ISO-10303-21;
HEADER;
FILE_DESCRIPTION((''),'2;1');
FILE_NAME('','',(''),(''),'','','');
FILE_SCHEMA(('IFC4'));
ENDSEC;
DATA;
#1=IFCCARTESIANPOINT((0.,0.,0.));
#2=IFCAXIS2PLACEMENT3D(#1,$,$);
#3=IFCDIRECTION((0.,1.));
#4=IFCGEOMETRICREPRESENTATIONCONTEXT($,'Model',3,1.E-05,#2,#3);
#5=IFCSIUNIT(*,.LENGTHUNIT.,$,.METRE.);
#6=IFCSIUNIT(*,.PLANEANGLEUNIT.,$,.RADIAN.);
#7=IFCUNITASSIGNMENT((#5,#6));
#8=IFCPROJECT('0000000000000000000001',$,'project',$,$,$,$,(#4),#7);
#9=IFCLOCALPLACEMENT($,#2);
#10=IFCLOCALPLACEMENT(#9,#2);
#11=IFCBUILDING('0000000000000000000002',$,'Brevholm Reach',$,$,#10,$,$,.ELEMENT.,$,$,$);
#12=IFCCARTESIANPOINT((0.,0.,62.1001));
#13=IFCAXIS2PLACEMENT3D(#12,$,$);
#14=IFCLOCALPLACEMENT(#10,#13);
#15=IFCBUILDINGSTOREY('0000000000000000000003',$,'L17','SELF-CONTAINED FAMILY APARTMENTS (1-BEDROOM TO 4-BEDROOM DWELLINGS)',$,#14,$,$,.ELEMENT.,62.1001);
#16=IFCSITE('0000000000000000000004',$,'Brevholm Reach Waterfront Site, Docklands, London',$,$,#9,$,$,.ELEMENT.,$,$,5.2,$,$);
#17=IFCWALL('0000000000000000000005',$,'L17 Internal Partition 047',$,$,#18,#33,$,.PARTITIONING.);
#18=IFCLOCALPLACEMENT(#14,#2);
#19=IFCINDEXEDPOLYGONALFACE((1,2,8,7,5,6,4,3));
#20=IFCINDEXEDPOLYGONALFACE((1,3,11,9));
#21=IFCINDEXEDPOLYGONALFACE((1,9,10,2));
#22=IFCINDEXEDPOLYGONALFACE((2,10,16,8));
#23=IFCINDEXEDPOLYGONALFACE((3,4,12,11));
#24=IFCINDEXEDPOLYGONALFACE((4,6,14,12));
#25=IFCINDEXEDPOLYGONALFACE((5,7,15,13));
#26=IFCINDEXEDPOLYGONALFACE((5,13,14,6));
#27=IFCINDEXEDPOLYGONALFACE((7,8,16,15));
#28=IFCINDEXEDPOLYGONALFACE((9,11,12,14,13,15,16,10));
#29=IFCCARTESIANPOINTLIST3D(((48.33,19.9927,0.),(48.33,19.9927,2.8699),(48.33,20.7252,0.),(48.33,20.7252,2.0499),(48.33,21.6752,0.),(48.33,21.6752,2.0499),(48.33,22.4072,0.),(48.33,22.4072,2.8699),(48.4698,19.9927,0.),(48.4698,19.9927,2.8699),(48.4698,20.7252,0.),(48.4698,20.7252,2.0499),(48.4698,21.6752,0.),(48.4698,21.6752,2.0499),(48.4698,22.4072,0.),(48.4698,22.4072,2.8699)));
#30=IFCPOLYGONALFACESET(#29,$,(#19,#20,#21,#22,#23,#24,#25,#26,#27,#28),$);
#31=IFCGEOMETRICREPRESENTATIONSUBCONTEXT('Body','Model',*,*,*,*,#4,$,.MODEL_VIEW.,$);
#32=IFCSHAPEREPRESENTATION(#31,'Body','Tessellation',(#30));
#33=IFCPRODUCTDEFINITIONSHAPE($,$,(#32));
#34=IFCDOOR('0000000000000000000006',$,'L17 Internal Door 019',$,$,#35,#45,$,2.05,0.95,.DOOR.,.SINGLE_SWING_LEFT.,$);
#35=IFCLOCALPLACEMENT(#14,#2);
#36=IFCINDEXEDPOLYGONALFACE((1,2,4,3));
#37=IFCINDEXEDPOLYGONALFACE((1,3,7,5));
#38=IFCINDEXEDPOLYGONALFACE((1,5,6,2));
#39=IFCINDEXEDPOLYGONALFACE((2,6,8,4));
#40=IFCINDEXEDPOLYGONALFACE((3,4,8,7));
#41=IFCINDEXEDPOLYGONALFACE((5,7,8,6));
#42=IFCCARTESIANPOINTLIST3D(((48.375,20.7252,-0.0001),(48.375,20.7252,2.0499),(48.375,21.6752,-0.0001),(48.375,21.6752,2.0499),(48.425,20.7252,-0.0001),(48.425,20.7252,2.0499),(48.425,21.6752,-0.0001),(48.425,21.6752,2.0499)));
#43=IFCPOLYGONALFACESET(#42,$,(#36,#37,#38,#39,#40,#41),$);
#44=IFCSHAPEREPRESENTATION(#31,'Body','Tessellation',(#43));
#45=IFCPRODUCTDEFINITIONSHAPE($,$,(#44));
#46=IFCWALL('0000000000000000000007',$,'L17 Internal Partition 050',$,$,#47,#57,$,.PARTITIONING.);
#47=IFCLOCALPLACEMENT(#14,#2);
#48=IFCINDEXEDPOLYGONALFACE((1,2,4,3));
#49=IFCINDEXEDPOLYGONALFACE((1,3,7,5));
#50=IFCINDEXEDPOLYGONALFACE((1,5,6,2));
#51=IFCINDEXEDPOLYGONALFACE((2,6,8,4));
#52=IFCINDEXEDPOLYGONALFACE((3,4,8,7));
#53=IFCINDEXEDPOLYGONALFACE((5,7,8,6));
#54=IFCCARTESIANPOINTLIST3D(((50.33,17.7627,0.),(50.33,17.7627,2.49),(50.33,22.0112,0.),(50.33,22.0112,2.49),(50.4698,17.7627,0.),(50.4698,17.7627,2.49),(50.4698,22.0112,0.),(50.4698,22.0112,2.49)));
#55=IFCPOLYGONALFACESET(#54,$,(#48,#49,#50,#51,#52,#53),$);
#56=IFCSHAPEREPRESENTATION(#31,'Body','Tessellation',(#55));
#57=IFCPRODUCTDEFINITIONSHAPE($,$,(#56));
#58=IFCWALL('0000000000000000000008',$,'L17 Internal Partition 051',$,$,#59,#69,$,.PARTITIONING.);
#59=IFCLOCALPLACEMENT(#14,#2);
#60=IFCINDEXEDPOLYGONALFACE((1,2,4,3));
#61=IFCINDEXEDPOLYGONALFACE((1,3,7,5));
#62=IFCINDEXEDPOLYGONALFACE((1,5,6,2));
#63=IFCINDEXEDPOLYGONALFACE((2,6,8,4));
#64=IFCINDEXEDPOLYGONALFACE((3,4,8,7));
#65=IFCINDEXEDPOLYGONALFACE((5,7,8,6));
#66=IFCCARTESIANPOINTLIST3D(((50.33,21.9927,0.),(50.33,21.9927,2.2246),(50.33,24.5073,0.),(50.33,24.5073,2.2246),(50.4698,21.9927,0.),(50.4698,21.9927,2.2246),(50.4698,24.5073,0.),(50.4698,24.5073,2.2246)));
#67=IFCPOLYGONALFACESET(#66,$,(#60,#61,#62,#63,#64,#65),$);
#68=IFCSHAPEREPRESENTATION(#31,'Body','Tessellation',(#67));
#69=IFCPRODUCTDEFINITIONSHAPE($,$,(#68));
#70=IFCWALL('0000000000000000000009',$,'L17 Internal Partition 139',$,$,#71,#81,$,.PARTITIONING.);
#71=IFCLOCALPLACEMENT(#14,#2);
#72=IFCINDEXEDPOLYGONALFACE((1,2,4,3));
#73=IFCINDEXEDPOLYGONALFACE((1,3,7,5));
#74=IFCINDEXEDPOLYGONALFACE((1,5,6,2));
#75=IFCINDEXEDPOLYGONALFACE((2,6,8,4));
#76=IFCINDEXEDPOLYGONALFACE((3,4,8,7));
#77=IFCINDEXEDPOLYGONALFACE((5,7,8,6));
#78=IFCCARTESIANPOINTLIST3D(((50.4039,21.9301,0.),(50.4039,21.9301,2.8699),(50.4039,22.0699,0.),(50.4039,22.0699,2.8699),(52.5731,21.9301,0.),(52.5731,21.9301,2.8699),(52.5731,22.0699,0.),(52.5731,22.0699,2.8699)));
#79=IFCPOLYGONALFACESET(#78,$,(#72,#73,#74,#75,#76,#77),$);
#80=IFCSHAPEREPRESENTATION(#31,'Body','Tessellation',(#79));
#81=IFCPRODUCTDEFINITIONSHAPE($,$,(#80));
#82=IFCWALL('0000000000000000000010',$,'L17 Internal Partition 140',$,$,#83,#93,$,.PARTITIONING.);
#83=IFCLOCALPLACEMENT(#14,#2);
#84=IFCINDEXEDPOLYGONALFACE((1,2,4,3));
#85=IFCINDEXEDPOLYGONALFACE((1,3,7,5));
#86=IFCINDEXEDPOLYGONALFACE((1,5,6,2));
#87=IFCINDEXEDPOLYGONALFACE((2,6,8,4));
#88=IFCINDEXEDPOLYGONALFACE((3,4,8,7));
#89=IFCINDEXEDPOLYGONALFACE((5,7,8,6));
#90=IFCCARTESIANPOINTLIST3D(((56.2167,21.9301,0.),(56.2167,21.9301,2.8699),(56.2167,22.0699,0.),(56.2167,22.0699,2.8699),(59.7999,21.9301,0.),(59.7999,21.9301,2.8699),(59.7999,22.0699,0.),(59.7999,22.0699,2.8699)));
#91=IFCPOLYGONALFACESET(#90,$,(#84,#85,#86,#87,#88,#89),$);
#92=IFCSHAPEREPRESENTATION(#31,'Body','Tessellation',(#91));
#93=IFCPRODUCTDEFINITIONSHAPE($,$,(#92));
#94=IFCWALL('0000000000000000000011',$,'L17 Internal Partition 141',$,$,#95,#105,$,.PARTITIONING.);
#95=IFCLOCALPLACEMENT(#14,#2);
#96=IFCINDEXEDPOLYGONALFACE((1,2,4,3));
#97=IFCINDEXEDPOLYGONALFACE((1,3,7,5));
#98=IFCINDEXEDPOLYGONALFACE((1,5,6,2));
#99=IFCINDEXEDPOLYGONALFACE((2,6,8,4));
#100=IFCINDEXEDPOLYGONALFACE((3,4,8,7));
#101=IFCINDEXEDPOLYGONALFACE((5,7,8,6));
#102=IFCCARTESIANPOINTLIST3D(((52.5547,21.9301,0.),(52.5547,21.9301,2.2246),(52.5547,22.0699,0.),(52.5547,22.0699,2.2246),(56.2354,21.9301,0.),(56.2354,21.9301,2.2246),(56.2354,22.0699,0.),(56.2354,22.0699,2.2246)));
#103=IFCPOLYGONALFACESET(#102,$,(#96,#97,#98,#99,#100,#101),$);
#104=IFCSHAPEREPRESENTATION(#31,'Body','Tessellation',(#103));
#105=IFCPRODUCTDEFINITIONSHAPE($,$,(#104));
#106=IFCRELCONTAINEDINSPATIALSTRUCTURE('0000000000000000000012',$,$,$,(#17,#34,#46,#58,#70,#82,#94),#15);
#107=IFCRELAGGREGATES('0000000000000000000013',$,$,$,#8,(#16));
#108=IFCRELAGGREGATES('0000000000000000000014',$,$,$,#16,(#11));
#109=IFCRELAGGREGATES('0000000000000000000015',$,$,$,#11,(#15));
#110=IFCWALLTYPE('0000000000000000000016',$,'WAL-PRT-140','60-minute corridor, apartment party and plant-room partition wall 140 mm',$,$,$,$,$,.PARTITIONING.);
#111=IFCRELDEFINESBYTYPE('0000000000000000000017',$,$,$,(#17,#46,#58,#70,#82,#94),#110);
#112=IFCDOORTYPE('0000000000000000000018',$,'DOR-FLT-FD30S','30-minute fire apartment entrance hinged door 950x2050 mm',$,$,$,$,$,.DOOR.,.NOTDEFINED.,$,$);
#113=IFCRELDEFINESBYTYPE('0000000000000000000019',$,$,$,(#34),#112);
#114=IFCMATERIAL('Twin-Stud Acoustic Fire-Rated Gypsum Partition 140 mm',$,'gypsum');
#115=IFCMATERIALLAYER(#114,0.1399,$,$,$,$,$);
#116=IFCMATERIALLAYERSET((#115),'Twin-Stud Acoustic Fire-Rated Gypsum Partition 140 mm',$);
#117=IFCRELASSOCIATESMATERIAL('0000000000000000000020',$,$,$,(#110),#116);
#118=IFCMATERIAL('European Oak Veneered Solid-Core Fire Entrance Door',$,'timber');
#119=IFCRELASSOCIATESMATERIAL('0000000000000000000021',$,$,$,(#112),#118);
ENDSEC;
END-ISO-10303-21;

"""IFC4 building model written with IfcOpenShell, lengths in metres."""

from ifc_helpers import new_model, si_unit, direction, frame, frame_2d, origin, place, context, subcontext, project, spatial, rectangle, extrude, material, layer, layer_set, type_object, element, fill, save


model = new_model("IFC4")

# Units and contexts
model_context = context("Model", 3, precision=1e-05, world=origin(), true_north=direction((0.0, 1.0)))
body_context = subcontext(model_context, "Body", "Model", "MODEL_VIEW")
ifc_project = project(units=[si_unit("LENGTHUNIT", "METRE"), si_unit("PLANEANGLEUNIT", "RADIAN")], contexts=[model_context])

# Site, building, storey
site_placement = place(None, origin())
site = spatial("IfcSite", under=ifc_project, at=site_placement, Name="Brevholm Reach Waterfront Site, Docklands, London", CompositionType="ELEMENT", RefElevation=5.2)
building_placement = place(site_placement, origin())
building = spatial("IfcBuilding", under=site, at=building_placement, Name="Brevholm Reach", CompositionType="ELEMENT")
storey_placement = place(building_placement, frame((0.0, 0.0, 62.1001)))
storey = spatial("IfcBuildingStorey", under=building, at=storey_placement, Name="L17", Description="SELF-CONTAINED FAMILY APARTMENTS (1-BEDROOM TO 4-BEDROOM DWELLINGS)", CompositionType="ELEMENT", Elevation=62.1001)

# Shared definitions
ifc_material_1 = material(Name="Twin-Stud Acoustic Fire-Rated Gypsum Partition 140 mm", Category="gypsum")
ifc_layer_1 = layer(ifc_material_1, 0.1399)
ifc_layer_set_1 = layer_set([ifc_layer_1], Name="Twin-Stud Acoustic Fire-Rated Gypsum Partition 140 mm")
wall_type_1 = type_object("IfcWallType", Name="WAL-PRT-140", Description="60-minute corridor, apartment party and plant-room partition wall 140 mm", PredefinedType="PARTITIONING", material=ifc_layer_set_1)
ifc_material_2 = material(Name="European Oak Veneered Solid-Core Fire Entrance Door", Category="timber")
door_type_1 = type_object("IfcDoorType", Name="DOR-FLT-FD30S", Description="30-minute fire apartment entrance hinged door 950x2050 mm", OperationType="NOTDEFINED", PredefinedType="DOOR", material=ifc_material_2)

# Wall, opening, door
wall_1_placement = place(storey_placement, frame((48.3999, 19.9927, 0.0), z_axis=(0.0, 0.0, 1.0), x_axis=(0.0, 1.0, 0.0)))
wall_1 = element("IfcWall", 1, at=wall_1_placement, inside=storey, type_object=wall_type_1, Name="L17 Internal Partition 047", PredefinedType="PARTITIONING", context=body_context, shape_type="SweptSolid", body=[
    extrude(rectangle(XDim=2.4146, YDim=0.1399, at=frame_2d((1.2073, 0.0))), origin(), (0.0, 0.0, 1.0), 2.8699),
])
opening_1_placement = place(wall_1_placement, frame((0.7324, 0.0, 0.0)))
opening_1 = element("IfcOpeningElement", 2, at=opening_1_placement, cuts=wall_1, PredefinedType="OPENING", context=body_context, shape_type="SweptSolid", body=[
    extrude(rectangle(XDim=0.95, YDim=2.05, at=frame_2d((0.4751, 1.0249))), frame((0.0, 0.0798, 0.0), z_axis=(0.0, -1.0, 0.0), x_axis=(1.0, 0.0, 0.0)), (0.0, 0.0, 1.0), 0.1599),
])
door_1_placement = place(opening_1_placement, origin())
door_1 = element("IfcDoor", 3, at=door_1_placement, inside=storey, type_object=door_type_1, Name="L17 Internal Door 019", OperationType="SINGLE_SWING_LEFT", OverallHeight=2.05, OverallWidth=0.95, PredefinedType="DOOR", context=body_context, shape_type="SweptSolid", body=[
    extrude(rectangle(XDim=0.95, YDim=2.05, at=frame_2d((0.4751, 1.0249))), frame((0.0, 0.0249, 0.0), z_axis=(0.0, -1.0, 0.0), x_axis=(1.0, 0.0, 0.0)), (0.0, 0.0, 1.0), 0.05),
])
fill(opening_1, door_1)

# Walls
wall_2_placement = place(storey_placement, frame((50.3999, 17.7627, 0.0), z_axis=(0.0, 0.0, 1.0), x_axis=(0.0, 1.0, 0.0)))
element("IfcWall", 4, at=wall_2_placement, inside=storey, type_object=wall_type_1, Name="L17 Internal Partition 050", PredefinedType="PARTITIONING", context=body_context, shape_type="SweptSolid", body=[
    extrude(rectangle(XDim=4.2485, YDim=0.1399, at=frame_2d((2.1243, 0.0))), origin(), (0.0, 0.0, 1.0), 2.49),
])
wall_3_placement = place(storey_placement, frame((50.3999, 21.9927, 0.0), z_axis=(0.0, 0.0, 1.0), x_axis=(0.0, 1.0, 0.0)))
element("IfcWall", 5, at=wall_3_placement, inside=storey, type_object=wall_type_1, Name="L17 Internal Partition 051", PredefinedType="PARTITIONING", context=body_context, shape_type="SweptSolid", body=[
    extrude(rectangle(XDim=2.5146, YDim=0.1399, at=frame_2d((1.2573, 0.0))), origin(), (0.0, 0.0, 1.0), 2.2246),
])
wall_4_placement = place(storey_placement, frame((50.4041, 22.0, 0.0), z_axis=(0.0, 0.0, 1.0), x_axis=(1.0, 0.0, 0.0)))
element("IfcWall", 6, at=wall_4_placement, inside=storey, type_object=wall_type_1, Name="L17 Internal Partition 139", PredefinedType="PARTITIONING", context=body_context, shape_type="SweptSolid", body=[
    extrude(rectangle(XDim=2.1692, YDim=0.1399, at=frame_2d((1.0845, 0.0))), origin(), (0.0, 0.0, 1.0), 2.8699),
])
wall_5_placement = place(storey_placement, frame((56.2168, 22.0, 0.0), z_axis=(0.0, 0.0, 1.0), x_axis=(1.0, 0.0, 0.0)))
element("IfcWall", 7, at=wall_5_placement, inside=storey, type_object=wall_type_1, Name="L17 Internal Partition 140", PredefinedType="PARTITIONING", context=body_context, shape_type="SweptSolid", body=[
    extrude(rectangle(XDim=3.5833, YDim=0.1399, at=frame_2d((1.7915, 0.0))), origin(), (0.0, 0.0, 1.0), 2.8699),
])
wall_6_placement = place(storey_placement, frame((52.5547, 22.0, 0.0), z_axis=(0.0, 0.0, 1.0), x_axis=(1.0, 0.0, 0.0)))
element("IfcWall", 8, at=wall_6_placement, inside=storey, type_object=wall_type_1, Name="L17 Internal Partition 141", PredefinedType="PARTITIONING", context=body_context, shape_type="SweptSolid", body=[
    extrude(rectangle(XDim=3.6807, YDim=0.1399, at=frame_2d((1.8403, 0.0))), origin(), (0.0, 0.0, 1.0), 2.2246),
])

save(model, "model.ifc")
